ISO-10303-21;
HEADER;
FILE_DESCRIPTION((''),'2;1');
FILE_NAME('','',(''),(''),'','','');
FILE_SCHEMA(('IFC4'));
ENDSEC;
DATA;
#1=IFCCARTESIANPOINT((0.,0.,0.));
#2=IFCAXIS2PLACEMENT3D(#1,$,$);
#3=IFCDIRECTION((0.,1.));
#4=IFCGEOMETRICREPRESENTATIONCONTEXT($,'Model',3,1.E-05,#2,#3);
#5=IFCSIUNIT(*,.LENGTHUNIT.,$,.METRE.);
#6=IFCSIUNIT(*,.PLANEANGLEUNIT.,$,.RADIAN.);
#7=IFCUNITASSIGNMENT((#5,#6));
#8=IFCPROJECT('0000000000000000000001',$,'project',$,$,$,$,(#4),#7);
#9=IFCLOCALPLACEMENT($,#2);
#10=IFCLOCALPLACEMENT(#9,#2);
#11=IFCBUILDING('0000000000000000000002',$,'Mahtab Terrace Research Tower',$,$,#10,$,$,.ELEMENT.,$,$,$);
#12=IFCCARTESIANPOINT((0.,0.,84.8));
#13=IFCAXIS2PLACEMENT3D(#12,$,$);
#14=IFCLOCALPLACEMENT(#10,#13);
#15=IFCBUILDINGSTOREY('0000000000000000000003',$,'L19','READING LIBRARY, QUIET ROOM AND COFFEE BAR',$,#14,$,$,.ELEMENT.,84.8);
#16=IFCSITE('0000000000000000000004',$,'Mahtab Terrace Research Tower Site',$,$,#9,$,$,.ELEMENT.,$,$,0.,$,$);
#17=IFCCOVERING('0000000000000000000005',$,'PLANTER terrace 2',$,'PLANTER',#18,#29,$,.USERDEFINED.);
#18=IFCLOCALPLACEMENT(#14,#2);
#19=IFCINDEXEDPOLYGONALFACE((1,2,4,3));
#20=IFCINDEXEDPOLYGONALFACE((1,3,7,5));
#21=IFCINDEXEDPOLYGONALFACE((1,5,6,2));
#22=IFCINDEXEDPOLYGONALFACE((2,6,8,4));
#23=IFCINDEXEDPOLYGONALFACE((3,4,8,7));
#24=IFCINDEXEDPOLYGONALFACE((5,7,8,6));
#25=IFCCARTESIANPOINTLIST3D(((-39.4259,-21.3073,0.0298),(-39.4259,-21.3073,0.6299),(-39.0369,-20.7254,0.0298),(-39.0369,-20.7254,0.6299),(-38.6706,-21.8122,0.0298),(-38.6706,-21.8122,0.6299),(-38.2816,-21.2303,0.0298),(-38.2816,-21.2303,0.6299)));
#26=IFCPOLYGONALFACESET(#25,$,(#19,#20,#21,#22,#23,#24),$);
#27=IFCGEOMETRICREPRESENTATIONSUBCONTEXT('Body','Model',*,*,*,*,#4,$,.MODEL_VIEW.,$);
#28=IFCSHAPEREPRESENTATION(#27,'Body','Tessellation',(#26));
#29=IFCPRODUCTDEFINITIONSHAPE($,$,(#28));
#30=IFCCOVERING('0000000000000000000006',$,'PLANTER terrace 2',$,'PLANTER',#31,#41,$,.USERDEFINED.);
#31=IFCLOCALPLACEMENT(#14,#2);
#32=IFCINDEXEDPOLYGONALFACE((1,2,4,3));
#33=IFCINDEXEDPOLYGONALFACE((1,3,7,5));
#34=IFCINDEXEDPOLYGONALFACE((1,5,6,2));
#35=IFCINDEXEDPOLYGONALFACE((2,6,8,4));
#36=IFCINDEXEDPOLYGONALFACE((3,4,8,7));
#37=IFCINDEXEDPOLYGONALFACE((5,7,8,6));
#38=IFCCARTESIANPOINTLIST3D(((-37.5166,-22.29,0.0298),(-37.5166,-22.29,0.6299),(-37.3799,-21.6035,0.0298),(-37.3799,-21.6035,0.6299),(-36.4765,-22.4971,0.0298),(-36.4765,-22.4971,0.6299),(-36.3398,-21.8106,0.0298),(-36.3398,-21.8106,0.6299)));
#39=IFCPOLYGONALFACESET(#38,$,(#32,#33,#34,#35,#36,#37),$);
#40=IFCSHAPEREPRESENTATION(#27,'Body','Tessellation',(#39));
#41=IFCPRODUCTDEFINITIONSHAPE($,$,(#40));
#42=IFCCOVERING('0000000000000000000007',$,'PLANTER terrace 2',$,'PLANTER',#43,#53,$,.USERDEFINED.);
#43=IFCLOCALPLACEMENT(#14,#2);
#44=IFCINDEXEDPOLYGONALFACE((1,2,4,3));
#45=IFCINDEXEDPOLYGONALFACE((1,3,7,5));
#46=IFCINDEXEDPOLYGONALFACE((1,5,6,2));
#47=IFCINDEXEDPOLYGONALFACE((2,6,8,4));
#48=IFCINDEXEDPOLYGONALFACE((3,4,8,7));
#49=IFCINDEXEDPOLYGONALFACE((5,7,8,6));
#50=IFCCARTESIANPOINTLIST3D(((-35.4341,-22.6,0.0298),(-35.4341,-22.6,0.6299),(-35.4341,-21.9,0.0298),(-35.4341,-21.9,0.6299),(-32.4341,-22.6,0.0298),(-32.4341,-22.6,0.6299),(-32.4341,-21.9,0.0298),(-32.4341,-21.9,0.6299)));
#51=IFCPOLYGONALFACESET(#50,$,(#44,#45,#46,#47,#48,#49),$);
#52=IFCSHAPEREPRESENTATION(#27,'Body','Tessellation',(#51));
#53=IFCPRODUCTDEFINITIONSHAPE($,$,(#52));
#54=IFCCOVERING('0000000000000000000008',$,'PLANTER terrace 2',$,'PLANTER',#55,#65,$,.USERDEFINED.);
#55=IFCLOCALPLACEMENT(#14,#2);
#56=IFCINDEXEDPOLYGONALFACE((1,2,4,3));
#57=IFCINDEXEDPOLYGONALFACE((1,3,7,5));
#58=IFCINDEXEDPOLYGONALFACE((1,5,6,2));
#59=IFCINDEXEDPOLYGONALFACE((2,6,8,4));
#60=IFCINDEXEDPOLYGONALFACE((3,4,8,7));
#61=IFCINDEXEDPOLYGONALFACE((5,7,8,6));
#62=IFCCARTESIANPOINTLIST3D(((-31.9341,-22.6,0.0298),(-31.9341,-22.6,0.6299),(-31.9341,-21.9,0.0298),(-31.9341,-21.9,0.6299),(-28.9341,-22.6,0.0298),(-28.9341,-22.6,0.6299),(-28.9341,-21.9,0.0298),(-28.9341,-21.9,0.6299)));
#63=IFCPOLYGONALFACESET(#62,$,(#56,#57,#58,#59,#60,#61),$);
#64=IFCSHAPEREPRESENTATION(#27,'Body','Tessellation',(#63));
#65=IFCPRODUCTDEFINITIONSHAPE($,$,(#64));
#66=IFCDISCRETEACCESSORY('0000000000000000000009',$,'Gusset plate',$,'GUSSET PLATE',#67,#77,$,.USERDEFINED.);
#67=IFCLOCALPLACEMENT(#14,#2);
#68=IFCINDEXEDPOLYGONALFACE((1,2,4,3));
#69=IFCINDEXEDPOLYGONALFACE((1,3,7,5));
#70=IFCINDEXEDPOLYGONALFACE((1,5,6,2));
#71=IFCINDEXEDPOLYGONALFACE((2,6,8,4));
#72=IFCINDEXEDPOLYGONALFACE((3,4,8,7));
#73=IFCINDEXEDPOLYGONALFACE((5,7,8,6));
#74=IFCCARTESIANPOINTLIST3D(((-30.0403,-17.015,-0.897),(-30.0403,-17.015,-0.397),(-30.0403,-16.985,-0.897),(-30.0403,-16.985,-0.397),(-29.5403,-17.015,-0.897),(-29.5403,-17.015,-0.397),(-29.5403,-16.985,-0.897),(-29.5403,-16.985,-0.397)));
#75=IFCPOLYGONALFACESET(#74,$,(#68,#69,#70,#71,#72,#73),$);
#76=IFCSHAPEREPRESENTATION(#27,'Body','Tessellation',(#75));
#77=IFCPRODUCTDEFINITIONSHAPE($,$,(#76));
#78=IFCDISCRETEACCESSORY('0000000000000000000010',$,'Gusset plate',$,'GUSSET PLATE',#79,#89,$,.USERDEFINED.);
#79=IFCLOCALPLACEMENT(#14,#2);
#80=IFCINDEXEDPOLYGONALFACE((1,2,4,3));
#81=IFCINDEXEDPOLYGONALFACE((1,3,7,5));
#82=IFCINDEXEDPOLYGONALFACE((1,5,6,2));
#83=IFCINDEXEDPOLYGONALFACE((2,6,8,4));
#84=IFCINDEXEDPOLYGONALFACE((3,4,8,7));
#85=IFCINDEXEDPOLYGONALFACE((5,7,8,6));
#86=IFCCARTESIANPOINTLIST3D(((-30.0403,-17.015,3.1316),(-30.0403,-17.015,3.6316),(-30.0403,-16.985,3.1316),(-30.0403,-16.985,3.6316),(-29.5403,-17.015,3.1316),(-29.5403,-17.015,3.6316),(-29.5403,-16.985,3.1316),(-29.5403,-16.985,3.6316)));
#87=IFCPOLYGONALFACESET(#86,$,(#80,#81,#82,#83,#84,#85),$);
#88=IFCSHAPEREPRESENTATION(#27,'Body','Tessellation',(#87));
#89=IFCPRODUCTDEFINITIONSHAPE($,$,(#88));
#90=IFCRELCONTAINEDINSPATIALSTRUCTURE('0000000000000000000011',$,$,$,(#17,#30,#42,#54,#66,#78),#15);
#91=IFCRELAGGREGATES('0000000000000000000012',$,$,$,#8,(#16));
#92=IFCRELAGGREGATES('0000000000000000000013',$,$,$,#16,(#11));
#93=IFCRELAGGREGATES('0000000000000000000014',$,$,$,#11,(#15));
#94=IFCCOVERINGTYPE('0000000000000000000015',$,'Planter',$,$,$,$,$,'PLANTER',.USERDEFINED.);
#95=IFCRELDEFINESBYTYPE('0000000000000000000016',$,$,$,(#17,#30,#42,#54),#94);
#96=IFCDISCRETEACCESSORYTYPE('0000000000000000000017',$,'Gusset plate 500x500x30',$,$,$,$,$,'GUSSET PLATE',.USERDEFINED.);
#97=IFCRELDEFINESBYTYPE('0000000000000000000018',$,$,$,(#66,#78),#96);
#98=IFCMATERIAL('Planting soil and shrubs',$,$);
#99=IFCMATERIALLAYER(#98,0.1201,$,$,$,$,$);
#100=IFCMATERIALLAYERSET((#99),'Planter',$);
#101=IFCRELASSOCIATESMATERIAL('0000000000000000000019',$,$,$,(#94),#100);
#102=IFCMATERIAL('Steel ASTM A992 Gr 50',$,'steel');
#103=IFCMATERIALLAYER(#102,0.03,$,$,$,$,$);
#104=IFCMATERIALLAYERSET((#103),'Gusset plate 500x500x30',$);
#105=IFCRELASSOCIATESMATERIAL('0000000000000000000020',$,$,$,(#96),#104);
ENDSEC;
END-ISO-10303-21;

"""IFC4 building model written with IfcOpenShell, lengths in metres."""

from ifc_helpers import new_model, si_unit, direction, frame, origin, origin_2d, place, context, subcontext, project, spatial, rectangle, extrude, material, layer, layer_set, type_object, element, save


model = new_model("IFC4")

# Units and contexts
model_context = context("Model", 3, precision=1e-05, world=origin(), true_north=direction((0.0, 1.0)))
body_context = subcontext(model_context, "Body", "Model", "MODEL_VIEW")
ifc_project = project(units=[si_unit("LENGTHUNIT", "METRE"), si_unit("PLANEANGLEUNIT", "RADIAN")], contexts=[model_context])

# Site, building, storey
site_placement = place(None, origin())
site = spatial("IfcSite", under=ifc_project, at=site_placement, Name="Mahtab Terrace Research Tower Site", CompositionType="ELEMENT", RefElevation=0.0)
building_placement = place(site_placement, origin())
building = spatial("IfcBuilding", under=site, at=building_placement, Name="Mahtab Terrace Research Tower", CompositionType="ELEMENT")
storey_placement = place(building_placement, frame((0.0, 0.0, 84.8)))
storey = spatial("IfcBuildingStorey", under=building, at=storey_placement, Name="L19", Description="READING LIBRARY, QUIET ROOM AND COFFEE BAR", CompositionType="ELEMENT", Elevation=84.8)

# Shared definitions
ifc_material_1 = material(Name="Steel ASTM A992 Gr 50", Category="steel")

# Coverings
ifc_material_2 = material(Name="Planting soil and shrubs")
ifc_layer_1 = layer(ifc_material_2, 0.1201)
ifc_layer_set_1 = layer_set([ifc_layer_1], Name="Planter")
covering_type_1 = type_object("IfcCoveringType", Name="Planter", ElementType="PLANTER", PredefinedType="USERDEFINED", material=ifc_layer_set_1)
for number, where, z_axis, x_axis, name in (
    (1, (-38.8538, -21.2688, 0.0298), (0.0, 0.0, 1.0), (0.831344, -0.555757, 0.0), "PLANTER terrace 2"),
):
    element("IfcCovering", number, at=place(storey_placement, frame(where, z_axis=z_axis, x_axis=x_axis)), inside=storey, type_object=covering_type_1, Name=name, ObjectType="PLANTER", PredefinedType="USERDEFINED", context=body_context, shape_type="SweptSolid", body=[
        extrude(rectangle(XDim=0.9084, YDim=0.7, at=origin_2d()), origin(), (0.0, 0.0, 1.0), 0.6001),
    ])
covering_1_placement = place(storey_placement, frame((-36.9282, -22.0503, 0.0298), z_axis=(0.0, 0.0, 1.0), x_axis=(0.980743, -0.195304, 0.0)))
element("IfcCovering", 2, at=covering_1_placement, inside=storey, type_object=covering_type_1, Name="PLANTER terrace 2", ObjectType="PLANTER", PredefinedType="USERDEFINED", context=body_context, shape_type="SweptSolid", body=[
    extrude(rectangle(XDim=1.0605, YDim=0.7, at=origin_2d()), origin(), (0.0, 0.0, 1.0), 0.6001),
])
for number, where, z_axis, x_axis, name in (
    (3, (-33.9341, -22.25, 0.0298), (0.0, 0.0, 1.0), (1.0, 0.0, 0.0), "PLANTER terrace 2"),
    (4, (-30.4341, -22.25, 0.0298), (0.0, 0.0, 1.0), (1.0, 0.0, 0.0), "PLANTER terrace 2"),
):
    element("IfcCovering", number, at=place(storey_placement, frame(where, z_axis=z_axis, x_axis=x_axis)), inside=storey, type_object=covering_type_1, Name=name, ObjectType="PLANTER", PredefinedType="USERDEFINED", context=body_context, shape_type="SweptSolid", body=[
        extrude(rectangle(XDim=3.0, YDim=0.7, at=origin_2d()), origin(), (0.0, 0.0, 1.0), 0.6001),
    ])

# Discrete accessories
ifc_layer_2 = layer(ifc_material_1, 0.03)
ifc_layer_set_2 = layer_set([ifc_layer_2], Name="Gusset plate 500x500x30")
discrete_accessory_type = type_object("IfcDiscreteAccessoryType", Name="Gusset plate 500x500x30", ElementType="GUSSET PLATE", PredefinedType="USERDEFINED", material=ifc_layer_set_2)
for number, where, z_axis, x_axis, name in (
    (5, (-29.7903, -17.0, -0.897), (0.0, 0.0, 1.0), (1.0, 0.0, 0.0), "Gusset plate"),
    (6, (-29.7903, -17.0, 3.1316), (0.0, 0.0, 1.0), (1.0, 0.0, 0.0), "Gusset plate"),
):
    element("IfcDiscreteAccessory", number, at=place(storey_placement, frame(where, z_axis=z_axis, x_axis=x_axis)), inside=storey, type_object=discrete_accessory_type, Name=name, ObjectType="GUSSET PLATE", PredefinedType="USERDEFINED", context=body_context, shape_type="SweptSolid", body=[
        extrude(rectangle(XDim=0.5, YDim=0.03, at=origin_2d()), origin(), (0.0, 0.0, 1.0), 0.5),
    ])

save(model, "model.ifc")
